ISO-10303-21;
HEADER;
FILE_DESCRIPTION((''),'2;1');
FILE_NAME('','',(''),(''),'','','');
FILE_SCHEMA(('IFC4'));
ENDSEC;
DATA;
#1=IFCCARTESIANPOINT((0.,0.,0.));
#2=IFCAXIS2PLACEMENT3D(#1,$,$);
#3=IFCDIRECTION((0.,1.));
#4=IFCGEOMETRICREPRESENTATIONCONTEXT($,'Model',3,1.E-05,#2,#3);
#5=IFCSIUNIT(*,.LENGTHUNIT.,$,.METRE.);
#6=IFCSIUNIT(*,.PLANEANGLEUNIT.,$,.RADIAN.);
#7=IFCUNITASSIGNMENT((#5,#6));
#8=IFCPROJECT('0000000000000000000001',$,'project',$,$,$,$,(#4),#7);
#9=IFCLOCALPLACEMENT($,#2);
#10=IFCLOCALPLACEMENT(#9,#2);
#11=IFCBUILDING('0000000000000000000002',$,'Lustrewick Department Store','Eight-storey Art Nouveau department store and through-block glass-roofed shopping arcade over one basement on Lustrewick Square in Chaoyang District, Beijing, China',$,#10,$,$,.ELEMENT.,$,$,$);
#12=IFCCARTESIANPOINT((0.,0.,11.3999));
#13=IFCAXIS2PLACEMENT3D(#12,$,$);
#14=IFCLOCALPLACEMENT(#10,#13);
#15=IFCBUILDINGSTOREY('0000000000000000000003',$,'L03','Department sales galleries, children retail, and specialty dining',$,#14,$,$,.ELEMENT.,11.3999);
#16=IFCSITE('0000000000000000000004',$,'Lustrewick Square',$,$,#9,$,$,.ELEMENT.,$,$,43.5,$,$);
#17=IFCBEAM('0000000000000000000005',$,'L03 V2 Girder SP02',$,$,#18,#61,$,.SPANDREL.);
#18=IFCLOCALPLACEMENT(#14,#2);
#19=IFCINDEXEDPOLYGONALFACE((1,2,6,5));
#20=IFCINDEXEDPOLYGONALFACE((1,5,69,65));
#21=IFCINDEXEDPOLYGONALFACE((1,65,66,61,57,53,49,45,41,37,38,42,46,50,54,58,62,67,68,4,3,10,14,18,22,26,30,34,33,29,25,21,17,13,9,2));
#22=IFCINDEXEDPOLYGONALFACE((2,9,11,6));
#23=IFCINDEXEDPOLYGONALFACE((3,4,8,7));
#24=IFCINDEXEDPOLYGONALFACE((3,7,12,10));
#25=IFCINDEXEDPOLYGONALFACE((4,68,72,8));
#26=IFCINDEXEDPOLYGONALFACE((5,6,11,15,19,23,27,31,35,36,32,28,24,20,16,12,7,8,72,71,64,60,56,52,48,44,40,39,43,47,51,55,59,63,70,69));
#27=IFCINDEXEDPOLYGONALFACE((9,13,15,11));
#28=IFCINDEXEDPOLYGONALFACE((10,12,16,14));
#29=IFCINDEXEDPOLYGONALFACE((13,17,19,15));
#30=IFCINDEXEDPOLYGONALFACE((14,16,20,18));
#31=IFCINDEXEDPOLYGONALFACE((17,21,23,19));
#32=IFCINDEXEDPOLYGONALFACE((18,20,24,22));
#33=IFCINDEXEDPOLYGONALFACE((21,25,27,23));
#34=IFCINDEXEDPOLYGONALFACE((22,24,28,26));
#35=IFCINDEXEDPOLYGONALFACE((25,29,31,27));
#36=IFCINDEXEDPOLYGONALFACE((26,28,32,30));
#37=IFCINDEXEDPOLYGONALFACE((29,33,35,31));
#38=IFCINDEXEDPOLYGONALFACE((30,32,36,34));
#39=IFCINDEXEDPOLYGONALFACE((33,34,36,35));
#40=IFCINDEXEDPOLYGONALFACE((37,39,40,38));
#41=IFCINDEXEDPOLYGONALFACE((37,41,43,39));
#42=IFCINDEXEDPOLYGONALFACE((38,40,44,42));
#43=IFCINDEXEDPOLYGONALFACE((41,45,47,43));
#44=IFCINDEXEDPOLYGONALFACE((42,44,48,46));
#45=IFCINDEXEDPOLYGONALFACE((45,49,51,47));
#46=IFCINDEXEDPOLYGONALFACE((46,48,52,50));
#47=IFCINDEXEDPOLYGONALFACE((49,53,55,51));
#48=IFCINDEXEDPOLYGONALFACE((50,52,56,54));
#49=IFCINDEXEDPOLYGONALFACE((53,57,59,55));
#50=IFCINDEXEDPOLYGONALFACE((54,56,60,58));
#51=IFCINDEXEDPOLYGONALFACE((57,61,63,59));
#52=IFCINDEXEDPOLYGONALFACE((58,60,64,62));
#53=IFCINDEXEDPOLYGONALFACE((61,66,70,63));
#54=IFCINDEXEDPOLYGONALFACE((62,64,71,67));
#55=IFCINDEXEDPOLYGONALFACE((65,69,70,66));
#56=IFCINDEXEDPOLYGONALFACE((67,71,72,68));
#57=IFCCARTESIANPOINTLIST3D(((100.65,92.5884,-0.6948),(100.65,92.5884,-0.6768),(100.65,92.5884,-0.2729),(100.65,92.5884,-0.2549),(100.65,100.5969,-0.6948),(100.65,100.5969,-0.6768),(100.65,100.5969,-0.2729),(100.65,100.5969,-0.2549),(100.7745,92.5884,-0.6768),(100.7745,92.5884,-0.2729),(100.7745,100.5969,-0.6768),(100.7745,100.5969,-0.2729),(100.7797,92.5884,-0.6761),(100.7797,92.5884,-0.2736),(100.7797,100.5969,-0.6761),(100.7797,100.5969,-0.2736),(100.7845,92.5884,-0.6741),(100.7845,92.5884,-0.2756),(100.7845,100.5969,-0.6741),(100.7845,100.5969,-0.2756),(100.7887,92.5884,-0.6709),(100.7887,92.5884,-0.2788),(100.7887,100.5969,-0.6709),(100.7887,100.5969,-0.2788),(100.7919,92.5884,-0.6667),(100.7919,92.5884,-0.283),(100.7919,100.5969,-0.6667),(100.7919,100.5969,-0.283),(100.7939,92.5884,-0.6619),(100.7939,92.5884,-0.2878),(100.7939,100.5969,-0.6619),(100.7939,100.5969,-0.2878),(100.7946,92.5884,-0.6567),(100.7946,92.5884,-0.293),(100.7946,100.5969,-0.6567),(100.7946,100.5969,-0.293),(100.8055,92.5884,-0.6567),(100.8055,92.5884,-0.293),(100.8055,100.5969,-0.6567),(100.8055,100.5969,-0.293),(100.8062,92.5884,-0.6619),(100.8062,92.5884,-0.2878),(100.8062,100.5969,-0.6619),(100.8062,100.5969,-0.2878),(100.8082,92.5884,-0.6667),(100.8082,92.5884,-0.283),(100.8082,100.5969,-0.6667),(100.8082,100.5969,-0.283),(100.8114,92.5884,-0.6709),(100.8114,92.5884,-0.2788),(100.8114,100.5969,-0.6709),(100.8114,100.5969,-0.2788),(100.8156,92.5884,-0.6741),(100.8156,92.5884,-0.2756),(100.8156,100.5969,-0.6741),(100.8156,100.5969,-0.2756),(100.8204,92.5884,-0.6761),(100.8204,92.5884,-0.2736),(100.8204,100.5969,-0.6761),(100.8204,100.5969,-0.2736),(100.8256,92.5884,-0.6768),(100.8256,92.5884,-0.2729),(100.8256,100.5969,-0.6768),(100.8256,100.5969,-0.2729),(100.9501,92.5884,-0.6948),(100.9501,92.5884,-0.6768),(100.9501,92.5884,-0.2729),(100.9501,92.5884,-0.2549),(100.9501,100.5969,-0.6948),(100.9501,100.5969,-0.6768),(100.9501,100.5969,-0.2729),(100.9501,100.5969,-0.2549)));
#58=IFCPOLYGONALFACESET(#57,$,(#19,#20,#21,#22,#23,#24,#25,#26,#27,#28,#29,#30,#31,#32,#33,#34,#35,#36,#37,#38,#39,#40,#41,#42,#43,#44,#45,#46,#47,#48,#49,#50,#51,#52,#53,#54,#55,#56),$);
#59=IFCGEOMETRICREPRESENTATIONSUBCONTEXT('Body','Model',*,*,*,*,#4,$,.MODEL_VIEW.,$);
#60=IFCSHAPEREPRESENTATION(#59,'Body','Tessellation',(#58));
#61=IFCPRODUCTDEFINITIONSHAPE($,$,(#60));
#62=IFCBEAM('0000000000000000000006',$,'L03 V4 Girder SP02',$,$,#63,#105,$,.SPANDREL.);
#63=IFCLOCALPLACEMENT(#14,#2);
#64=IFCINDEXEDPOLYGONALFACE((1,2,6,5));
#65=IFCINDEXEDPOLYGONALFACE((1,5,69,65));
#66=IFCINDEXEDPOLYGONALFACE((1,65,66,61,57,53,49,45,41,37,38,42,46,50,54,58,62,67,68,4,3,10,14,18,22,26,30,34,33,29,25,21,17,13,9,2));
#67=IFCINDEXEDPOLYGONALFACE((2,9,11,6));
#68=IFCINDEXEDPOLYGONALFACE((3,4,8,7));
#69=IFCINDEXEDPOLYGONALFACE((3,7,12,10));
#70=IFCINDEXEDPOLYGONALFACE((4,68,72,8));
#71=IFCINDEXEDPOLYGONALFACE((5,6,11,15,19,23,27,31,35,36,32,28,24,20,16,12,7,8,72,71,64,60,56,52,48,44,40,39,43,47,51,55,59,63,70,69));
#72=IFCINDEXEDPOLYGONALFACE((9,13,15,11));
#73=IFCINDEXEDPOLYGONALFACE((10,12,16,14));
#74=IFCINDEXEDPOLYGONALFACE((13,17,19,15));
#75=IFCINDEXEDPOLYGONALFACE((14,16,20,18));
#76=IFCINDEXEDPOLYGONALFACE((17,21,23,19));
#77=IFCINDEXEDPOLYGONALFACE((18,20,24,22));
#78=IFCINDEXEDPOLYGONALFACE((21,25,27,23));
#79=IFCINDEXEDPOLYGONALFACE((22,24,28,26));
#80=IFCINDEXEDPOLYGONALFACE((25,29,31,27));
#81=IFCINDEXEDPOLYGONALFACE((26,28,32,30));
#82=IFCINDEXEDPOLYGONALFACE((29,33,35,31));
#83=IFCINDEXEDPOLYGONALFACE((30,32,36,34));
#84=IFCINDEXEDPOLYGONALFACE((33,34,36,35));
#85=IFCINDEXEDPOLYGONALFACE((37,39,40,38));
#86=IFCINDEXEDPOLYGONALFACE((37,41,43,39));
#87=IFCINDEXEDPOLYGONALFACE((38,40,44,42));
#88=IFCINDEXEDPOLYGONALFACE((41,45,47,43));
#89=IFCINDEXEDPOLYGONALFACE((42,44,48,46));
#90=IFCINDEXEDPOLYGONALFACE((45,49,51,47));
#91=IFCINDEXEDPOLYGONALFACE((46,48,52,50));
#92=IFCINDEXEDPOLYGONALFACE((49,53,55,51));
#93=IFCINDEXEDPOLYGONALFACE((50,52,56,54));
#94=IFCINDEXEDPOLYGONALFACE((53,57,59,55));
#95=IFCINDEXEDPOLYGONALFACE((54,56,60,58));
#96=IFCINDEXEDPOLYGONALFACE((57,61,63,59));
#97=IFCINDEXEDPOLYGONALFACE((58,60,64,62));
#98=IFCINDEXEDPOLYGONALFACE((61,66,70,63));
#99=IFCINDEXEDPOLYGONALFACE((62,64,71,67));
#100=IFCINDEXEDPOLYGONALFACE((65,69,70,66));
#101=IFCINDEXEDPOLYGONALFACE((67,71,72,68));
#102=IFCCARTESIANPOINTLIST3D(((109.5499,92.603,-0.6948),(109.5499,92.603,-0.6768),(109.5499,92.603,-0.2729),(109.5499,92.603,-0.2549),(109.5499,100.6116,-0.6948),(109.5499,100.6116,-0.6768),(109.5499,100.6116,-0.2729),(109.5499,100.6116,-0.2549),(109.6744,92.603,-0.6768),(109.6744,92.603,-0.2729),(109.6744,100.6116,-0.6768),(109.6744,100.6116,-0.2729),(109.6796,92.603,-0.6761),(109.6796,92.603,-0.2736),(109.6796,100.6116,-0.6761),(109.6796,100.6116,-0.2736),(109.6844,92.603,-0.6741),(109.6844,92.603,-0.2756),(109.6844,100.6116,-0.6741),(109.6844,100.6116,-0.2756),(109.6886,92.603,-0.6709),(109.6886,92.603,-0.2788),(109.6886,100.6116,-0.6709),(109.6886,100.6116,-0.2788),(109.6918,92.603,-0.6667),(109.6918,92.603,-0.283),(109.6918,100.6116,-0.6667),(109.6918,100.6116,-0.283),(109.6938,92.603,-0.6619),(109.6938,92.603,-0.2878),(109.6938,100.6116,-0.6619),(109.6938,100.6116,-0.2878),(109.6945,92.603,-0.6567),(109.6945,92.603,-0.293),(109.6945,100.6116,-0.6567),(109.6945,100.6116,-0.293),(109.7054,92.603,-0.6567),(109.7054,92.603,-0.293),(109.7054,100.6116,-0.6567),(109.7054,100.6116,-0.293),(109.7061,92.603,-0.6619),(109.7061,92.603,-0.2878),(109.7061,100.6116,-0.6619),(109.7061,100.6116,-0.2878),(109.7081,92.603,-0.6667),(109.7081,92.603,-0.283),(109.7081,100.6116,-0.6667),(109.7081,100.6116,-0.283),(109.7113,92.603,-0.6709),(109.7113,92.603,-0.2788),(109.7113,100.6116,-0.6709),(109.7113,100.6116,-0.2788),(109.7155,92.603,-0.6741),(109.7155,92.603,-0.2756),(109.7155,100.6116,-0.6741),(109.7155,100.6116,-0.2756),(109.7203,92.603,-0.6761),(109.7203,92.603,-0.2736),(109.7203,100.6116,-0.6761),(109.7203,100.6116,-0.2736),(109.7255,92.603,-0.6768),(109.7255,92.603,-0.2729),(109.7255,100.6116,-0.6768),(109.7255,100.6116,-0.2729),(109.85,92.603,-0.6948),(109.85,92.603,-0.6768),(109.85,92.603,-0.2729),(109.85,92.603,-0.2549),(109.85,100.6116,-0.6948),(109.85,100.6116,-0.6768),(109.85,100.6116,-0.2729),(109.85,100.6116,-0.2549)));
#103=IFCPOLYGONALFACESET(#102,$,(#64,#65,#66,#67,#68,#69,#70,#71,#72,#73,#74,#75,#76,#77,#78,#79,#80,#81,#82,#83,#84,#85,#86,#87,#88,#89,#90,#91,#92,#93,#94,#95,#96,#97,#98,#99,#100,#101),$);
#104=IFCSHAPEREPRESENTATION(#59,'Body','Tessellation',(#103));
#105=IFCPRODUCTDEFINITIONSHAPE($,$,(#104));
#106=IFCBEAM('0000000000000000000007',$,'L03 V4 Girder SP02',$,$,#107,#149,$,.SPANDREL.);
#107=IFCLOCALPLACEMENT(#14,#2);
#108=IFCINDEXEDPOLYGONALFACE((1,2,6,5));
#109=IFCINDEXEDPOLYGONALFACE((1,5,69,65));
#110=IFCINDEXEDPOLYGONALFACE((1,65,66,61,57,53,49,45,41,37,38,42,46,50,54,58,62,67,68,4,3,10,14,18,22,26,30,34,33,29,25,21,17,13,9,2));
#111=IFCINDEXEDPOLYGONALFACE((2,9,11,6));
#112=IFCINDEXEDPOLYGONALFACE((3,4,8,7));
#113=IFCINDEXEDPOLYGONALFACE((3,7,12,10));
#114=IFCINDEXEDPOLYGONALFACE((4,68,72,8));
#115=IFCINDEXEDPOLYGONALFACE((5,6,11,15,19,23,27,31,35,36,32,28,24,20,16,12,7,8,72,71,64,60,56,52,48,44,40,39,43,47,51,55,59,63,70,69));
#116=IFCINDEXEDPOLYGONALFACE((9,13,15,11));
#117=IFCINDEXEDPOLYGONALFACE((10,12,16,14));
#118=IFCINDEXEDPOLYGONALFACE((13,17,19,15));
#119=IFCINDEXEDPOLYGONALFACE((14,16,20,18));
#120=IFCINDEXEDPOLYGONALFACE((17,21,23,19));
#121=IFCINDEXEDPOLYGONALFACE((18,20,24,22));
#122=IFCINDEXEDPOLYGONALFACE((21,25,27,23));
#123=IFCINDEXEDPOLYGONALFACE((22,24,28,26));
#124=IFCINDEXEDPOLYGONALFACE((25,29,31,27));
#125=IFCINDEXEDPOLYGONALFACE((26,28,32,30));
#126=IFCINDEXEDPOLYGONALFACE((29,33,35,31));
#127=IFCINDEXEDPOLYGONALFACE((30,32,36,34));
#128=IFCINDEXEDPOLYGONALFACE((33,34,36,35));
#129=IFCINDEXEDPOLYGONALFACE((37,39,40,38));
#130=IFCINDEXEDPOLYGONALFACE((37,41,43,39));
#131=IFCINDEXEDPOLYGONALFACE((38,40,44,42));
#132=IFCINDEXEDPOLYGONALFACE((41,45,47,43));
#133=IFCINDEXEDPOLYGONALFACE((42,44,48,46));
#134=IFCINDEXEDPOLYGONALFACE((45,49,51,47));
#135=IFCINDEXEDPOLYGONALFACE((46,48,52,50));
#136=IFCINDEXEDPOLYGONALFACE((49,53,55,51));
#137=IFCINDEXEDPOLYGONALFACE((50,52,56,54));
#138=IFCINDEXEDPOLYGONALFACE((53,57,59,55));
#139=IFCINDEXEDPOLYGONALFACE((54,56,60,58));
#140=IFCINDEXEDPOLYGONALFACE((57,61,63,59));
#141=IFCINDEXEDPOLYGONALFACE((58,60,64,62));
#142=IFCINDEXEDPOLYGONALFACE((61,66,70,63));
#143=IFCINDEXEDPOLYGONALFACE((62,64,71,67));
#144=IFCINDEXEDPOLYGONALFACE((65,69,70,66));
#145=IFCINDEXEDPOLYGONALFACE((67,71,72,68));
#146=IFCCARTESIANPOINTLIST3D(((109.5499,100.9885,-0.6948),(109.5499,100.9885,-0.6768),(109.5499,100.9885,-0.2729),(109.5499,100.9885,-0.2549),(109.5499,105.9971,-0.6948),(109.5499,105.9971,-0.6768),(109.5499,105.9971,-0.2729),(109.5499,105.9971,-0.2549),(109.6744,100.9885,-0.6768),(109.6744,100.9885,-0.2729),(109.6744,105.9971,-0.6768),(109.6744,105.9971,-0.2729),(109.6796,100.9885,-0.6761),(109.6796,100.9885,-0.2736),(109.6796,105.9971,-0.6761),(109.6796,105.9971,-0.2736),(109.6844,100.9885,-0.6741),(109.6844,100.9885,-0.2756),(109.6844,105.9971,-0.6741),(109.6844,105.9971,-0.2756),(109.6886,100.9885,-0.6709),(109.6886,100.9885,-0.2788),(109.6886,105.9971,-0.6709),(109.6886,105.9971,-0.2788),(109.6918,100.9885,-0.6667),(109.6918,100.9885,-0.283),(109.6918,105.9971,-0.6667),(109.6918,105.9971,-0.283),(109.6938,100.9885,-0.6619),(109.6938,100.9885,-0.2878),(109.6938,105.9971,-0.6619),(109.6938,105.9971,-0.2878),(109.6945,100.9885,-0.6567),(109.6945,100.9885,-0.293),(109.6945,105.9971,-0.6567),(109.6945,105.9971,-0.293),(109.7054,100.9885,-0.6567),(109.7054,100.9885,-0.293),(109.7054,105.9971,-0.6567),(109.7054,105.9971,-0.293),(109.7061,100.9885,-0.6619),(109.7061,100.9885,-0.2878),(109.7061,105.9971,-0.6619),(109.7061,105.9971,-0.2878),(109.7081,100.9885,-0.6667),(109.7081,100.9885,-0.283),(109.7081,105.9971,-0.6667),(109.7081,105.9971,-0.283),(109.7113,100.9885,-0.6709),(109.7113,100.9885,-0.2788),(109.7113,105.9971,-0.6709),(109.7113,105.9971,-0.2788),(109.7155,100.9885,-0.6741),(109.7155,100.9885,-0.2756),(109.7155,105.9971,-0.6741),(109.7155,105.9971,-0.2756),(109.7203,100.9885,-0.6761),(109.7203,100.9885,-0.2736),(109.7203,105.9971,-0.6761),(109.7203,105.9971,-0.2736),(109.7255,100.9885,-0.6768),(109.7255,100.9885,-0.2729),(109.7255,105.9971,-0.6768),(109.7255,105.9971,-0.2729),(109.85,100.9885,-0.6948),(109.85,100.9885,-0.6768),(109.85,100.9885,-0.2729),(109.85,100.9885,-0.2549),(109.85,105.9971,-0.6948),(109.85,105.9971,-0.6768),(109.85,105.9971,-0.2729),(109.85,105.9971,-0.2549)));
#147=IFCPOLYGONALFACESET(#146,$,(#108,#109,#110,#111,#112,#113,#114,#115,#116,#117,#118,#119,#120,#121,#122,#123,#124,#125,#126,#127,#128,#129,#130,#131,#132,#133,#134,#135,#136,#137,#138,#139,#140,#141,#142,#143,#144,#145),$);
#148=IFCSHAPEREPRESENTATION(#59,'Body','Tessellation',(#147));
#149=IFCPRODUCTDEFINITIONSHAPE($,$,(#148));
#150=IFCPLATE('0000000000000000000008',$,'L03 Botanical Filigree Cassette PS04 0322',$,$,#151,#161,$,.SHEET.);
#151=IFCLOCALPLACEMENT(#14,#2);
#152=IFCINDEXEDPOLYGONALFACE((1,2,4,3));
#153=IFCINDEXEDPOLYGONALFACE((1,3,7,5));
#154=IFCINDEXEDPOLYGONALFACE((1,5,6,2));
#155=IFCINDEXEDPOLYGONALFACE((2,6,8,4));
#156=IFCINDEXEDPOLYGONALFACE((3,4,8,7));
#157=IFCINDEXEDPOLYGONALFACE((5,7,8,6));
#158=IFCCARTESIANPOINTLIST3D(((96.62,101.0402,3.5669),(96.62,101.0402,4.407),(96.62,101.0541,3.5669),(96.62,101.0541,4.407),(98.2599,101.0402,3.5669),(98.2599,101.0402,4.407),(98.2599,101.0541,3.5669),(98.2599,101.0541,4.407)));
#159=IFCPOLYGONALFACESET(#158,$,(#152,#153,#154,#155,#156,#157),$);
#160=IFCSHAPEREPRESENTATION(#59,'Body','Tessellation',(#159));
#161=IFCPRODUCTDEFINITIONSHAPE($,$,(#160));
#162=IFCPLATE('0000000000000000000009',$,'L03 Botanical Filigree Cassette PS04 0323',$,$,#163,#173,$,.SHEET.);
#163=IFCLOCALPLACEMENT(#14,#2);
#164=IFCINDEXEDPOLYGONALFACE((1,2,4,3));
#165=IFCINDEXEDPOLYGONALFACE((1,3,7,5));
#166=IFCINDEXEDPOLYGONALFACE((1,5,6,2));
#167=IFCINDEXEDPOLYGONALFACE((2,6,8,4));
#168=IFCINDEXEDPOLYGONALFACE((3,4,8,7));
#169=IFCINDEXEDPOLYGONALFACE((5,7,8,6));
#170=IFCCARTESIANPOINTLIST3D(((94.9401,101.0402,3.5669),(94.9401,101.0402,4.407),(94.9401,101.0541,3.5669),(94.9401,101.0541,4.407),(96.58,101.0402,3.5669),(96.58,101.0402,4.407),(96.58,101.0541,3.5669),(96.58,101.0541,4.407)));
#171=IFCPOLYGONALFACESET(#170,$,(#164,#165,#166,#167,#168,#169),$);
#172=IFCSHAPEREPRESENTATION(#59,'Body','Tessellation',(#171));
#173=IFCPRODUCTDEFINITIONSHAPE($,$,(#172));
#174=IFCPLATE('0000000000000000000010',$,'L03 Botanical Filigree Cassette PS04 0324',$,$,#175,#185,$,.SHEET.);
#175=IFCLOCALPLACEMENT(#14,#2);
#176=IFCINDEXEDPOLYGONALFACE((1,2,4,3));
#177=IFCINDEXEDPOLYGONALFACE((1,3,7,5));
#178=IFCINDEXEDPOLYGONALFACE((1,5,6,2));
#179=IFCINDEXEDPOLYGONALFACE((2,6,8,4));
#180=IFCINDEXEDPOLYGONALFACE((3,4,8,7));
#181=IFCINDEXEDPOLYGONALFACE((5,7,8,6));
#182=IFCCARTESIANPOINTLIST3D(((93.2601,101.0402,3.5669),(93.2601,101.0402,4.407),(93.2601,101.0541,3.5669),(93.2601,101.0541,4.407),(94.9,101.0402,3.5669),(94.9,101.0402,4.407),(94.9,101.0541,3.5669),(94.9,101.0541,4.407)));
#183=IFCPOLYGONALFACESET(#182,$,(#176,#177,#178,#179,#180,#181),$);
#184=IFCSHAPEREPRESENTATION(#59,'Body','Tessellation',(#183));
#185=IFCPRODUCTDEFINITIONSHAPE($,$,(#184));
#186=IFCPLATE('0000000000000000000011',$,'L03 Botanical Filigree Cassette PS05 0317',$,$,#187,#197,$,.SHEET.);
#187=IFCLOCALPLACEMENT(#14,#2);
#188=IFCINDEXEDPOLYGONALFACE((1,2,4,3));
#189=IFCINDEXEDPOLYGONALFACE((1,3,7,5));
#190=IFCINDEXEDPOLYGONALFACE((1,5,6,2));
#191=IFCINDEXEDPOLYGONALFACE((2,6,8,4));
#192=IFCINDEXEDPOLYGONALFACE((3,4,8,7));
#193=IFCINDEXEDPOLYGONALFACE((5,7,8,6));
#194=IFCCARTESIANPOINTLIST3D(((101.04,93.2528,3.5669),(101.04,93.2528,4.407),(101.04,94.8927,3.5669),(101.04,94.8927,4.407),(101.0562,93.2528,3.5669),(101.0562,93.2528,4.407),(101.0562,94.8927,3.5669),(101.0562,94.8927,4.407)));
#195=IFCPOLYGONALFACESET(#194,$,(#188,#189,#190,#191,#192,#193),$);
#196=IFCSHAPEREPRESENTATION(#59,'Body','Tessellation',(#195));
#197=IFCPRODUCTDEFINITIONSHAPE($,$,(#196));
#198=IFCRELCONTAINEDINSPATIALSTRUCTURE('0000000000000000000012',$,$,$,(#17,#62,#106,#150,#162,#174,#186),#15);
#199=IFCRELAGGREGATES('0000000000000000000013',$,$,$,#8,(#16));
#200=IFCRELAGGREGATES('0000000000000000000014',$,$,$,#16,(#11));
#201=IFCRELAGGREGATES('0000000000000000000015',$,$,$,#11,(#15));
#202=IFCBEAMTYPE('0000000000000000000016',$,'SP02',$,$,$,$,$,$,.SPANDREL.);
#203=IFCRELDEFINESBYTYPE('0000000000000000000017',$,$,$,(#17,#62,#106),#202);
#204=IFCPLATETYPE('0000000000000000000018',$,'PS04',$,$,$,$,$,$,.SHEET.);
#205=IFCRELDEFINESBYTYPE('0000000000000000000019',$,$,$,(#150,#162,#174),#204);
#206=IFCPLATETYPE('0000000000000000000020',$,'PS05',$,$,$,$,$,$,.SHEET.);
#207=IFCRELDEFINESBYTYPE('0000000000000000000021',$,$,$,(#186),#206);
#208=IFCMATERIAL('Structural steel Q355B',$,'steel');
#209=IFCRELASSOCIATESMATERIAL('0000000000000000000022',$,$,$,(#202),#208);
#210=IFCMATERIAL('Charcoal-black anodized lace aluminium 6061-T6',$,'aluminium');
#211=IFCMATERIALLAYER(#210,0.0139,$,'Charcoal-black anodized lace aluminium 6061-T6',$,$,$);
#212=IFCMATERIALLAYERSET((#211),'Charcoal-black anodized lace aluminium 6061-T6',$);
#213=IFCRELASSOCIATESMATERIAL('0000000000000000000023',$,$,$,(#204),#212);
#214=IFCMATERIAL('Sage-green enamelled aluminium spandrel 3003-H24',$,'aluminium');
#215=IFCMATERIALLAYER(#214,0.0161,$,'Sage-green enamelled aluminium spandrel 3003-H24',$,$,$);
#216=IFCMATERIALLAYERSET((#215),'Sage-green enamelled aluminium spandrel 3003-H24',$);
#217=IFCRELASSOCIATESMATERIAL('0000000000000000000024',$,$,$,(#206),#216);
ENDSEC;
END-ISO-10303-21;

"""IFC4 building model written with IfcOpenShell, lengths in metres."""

from ifc_helpers import new_model, si_unit, direction, frame, origin, origin_2d, place, context, subcontext, project, spatial, rectangle, i_section, extrude, material, layer, layer_set, material_profile, profile_set, type_object, element, save


model = new_model("IFC4")

# Units and contexts
model_context = context("Model", 3, precision=1e-05, world=origin(), true_north=direction((0.0, 1.0)))
body_context = subcontext(model_context, "Body", "Model", "MODEL_VIEW")
ifc_project = project(units=[si_unit("LENGTHUNIT", "METRE"), si_unit("PLANEANGLEUNIT", "RADIAN")], contexts=[model_context])

# Site, building, storey
site_placement = place(None, origin())
site = spatial("IfcSite", under=ifc_project, at=site_placement, Name="Lustrewick Square", CompositionType="ELEMENT", RefElevation=43.5)
building_placement = place(site_placement, origin())
building = spatial("IfcBuilding", under=site, at=building_placement, Name="Lustrewick Department Store", Description="Eight-storey Art Nouveau department store and through-block glass-roofed shopping arcade over one basement on Lustrewick Square in Chaoyang District, Beijing, China", CompositionType="ELEMENT")
storey_placement = place(building_placement, frame((0.0, 0.0, 11.3999)))
storey = spatial("IfcBuildingStorey", under=building, at=storey_placement, Name="L03", Description="Department sales galleries, children retail, and specialty dining", CompositionType="ELEMENT", Elevation=11.3999)

# Shared definitions
ifc_material_1 = material(Name="Structural steel Q355B", Category="steel")

# Beams
ifc_material_profile_1 = material_profile(ifc_material_1, i_section(OverallWidth=0.3, OverallDepth=0.4399, WebThickness=0.011, FlangeThickness=0.0181, FilletRadius=0.02, at=origin_2d()), Name="HM 440x300x11x18")
ifc_profile_set_1 = profile_set([ifc_material_profile_1], Name="Structural steel Q355B")
beam_type_1 = type_object("IfcBeamType", Name="SP02", PredefinedType="SPANDREL", material=ifc_profile_set_1)
for number, where, z_axis, x_axis, name in (
    (1, (100.8, 92.5884, -0.4749), (0.0, 1.0, 0.0), (-1.0, 0.0, 0.0), "L03 V2 Girder SP02"),
    (2, (109.7, 92.603, -0.4749), (0.0, 1.0, 0.0), (-1.0, 0.0, 0.0), "L03 V4 Girder SP02"),
):
    element("IfcBeam", number, at=place(storey_placement, frame(where, z_axis=z_axis, x_axis=x_axis)), inside=storey, type_object=beam_type_1, Name=name, PredefinedType="SPANDREL", context=body_context, shape_type="SweptSolid", body=[
        extrude(i_section(OverallWidth=0.3, OverallDepth=0.4399, WebThickness=0.011, FlangeThickness=0.0181, FilletRadius=0.02, at=origin_2d()), origin(), (0.0, 0.0, 1.0), 8.0085),
    ])
beam_1_placement = place(storey_placement, frame((109.7, 100.9885, -0.4749), z_axis=(0.0, 1.0, 0.0), x_axis=(-1.0, 0.0, 0.0)))
element("IfcBeam", 3, at=beam_1_placement, inside=storey, type_object=beam_type_1, Name="L03 V4 Girder SP02", PredefinedType="SPANDREL", context=body_context, shape_type="SweptSolid", body=[
    extrude(i_section(OverallWidth=0.3, OverallDepth=0.4399, WebThickness=0.011, FlangeThickness=0.0181, FilletRadius=0.02, at=origin_2d()), origin(), (0.0, 0.0, 1.0), 5.0085),
])

# Plates
ifc_material_2 = material(Name="Charcoal-black anodized lace aluminium 6061-T6", Category="aluminium")
ifc_layer_1 = layer(ifc_material_2, 0.0139, Name="Charcoal-black anodized lace aluminium 6061-T6")
ifc_layer_set_1 = layer_set([ifc_layer_1], Name="Charcoal-black anodized lace aluminium 6061-T6")
plate_type_1 = type_object("IfcPlateType", Name="PS04", PredefinedType="SHEET", material=ifc_layer_set_1)
for number, where, z_axis, x_axis, name in (
    (4, (97.4399, 101.0471, 3.5669), (0.0, 0.0, 1.0), (-1.0, 0.0, 0.0), "L03 Botanical Filigree Cassette PS04 0322"),
    (5, (95.76, 101.0471, 3.5669), (0.0, 0.0, 1.0), (-1.0, 0.0, 0.0), "L03 Botanical Filigree Cassette PS04 0323"),
    (6, (94.0801, 101.0471, 3.5669), (0.0, 0.0, 1.0), (-1.0, 0.0, 0.0), "L03 Botanical Filigree Cassette PS04 0324"),
):
    element("IfcPlate", number, at=place(storey_placement, frame(where, z_axis=z_axis, x_axis=x_axis)), inside=storey, type_object=plate_type_1, Name=name, PredefinedType="SHEET", context=body_context, shape_type="SweptSolid", body=[
        extrude(rectangle(XDim=1.6399, YDim=0.0139, at=origin_2d()), origin(), (0.0, 0.0, 1.0), 0.8401),
    ])
ifc_material_3 = material(Name="Sage-green enamelled aluminium spandrel 3003-H24", Category="aluminium")
ifc_layer_2 = layer(ifc_material_3, 0.0161, Name="Sage-green enamelled aluminium spandrel 3003-H24")
ifc_layer_set_2 = layer_set([ifc_layer_2], Name="Sage-green enamelled aluminium spandrel 3003-H24")
plate_type_2 = type_object("IfcPlateType", Name="PS05", PredefinedType="SHEET", material=ifc_layer_set_2)
for number, where, z_axis, x_axis, name in (
    (7, (101.0481, 94.0728, 3.5669), (0.0, 0.0, 1.0), (0.0, 1.0, 0.0), "L03 Botanical Filigree Cassette PS05 0317"),
):
    element("IfcPlate", number, at=place(storey_placement, frame(where, z_axis=z_axis, x_axis=x_axis)), inside=storey, type_object=plate_type_2, Name=name, PredefinedType="SHEET", context=body_context, shape_type="SweptSolid", body=[
        extrude(rectangle(XDim=1.6399, YDim=0.0161, at=origin_2d()), origin(), (0.0, 0.0, 1.0), 0.8401),
    ])

save(model, "model.ifc")
